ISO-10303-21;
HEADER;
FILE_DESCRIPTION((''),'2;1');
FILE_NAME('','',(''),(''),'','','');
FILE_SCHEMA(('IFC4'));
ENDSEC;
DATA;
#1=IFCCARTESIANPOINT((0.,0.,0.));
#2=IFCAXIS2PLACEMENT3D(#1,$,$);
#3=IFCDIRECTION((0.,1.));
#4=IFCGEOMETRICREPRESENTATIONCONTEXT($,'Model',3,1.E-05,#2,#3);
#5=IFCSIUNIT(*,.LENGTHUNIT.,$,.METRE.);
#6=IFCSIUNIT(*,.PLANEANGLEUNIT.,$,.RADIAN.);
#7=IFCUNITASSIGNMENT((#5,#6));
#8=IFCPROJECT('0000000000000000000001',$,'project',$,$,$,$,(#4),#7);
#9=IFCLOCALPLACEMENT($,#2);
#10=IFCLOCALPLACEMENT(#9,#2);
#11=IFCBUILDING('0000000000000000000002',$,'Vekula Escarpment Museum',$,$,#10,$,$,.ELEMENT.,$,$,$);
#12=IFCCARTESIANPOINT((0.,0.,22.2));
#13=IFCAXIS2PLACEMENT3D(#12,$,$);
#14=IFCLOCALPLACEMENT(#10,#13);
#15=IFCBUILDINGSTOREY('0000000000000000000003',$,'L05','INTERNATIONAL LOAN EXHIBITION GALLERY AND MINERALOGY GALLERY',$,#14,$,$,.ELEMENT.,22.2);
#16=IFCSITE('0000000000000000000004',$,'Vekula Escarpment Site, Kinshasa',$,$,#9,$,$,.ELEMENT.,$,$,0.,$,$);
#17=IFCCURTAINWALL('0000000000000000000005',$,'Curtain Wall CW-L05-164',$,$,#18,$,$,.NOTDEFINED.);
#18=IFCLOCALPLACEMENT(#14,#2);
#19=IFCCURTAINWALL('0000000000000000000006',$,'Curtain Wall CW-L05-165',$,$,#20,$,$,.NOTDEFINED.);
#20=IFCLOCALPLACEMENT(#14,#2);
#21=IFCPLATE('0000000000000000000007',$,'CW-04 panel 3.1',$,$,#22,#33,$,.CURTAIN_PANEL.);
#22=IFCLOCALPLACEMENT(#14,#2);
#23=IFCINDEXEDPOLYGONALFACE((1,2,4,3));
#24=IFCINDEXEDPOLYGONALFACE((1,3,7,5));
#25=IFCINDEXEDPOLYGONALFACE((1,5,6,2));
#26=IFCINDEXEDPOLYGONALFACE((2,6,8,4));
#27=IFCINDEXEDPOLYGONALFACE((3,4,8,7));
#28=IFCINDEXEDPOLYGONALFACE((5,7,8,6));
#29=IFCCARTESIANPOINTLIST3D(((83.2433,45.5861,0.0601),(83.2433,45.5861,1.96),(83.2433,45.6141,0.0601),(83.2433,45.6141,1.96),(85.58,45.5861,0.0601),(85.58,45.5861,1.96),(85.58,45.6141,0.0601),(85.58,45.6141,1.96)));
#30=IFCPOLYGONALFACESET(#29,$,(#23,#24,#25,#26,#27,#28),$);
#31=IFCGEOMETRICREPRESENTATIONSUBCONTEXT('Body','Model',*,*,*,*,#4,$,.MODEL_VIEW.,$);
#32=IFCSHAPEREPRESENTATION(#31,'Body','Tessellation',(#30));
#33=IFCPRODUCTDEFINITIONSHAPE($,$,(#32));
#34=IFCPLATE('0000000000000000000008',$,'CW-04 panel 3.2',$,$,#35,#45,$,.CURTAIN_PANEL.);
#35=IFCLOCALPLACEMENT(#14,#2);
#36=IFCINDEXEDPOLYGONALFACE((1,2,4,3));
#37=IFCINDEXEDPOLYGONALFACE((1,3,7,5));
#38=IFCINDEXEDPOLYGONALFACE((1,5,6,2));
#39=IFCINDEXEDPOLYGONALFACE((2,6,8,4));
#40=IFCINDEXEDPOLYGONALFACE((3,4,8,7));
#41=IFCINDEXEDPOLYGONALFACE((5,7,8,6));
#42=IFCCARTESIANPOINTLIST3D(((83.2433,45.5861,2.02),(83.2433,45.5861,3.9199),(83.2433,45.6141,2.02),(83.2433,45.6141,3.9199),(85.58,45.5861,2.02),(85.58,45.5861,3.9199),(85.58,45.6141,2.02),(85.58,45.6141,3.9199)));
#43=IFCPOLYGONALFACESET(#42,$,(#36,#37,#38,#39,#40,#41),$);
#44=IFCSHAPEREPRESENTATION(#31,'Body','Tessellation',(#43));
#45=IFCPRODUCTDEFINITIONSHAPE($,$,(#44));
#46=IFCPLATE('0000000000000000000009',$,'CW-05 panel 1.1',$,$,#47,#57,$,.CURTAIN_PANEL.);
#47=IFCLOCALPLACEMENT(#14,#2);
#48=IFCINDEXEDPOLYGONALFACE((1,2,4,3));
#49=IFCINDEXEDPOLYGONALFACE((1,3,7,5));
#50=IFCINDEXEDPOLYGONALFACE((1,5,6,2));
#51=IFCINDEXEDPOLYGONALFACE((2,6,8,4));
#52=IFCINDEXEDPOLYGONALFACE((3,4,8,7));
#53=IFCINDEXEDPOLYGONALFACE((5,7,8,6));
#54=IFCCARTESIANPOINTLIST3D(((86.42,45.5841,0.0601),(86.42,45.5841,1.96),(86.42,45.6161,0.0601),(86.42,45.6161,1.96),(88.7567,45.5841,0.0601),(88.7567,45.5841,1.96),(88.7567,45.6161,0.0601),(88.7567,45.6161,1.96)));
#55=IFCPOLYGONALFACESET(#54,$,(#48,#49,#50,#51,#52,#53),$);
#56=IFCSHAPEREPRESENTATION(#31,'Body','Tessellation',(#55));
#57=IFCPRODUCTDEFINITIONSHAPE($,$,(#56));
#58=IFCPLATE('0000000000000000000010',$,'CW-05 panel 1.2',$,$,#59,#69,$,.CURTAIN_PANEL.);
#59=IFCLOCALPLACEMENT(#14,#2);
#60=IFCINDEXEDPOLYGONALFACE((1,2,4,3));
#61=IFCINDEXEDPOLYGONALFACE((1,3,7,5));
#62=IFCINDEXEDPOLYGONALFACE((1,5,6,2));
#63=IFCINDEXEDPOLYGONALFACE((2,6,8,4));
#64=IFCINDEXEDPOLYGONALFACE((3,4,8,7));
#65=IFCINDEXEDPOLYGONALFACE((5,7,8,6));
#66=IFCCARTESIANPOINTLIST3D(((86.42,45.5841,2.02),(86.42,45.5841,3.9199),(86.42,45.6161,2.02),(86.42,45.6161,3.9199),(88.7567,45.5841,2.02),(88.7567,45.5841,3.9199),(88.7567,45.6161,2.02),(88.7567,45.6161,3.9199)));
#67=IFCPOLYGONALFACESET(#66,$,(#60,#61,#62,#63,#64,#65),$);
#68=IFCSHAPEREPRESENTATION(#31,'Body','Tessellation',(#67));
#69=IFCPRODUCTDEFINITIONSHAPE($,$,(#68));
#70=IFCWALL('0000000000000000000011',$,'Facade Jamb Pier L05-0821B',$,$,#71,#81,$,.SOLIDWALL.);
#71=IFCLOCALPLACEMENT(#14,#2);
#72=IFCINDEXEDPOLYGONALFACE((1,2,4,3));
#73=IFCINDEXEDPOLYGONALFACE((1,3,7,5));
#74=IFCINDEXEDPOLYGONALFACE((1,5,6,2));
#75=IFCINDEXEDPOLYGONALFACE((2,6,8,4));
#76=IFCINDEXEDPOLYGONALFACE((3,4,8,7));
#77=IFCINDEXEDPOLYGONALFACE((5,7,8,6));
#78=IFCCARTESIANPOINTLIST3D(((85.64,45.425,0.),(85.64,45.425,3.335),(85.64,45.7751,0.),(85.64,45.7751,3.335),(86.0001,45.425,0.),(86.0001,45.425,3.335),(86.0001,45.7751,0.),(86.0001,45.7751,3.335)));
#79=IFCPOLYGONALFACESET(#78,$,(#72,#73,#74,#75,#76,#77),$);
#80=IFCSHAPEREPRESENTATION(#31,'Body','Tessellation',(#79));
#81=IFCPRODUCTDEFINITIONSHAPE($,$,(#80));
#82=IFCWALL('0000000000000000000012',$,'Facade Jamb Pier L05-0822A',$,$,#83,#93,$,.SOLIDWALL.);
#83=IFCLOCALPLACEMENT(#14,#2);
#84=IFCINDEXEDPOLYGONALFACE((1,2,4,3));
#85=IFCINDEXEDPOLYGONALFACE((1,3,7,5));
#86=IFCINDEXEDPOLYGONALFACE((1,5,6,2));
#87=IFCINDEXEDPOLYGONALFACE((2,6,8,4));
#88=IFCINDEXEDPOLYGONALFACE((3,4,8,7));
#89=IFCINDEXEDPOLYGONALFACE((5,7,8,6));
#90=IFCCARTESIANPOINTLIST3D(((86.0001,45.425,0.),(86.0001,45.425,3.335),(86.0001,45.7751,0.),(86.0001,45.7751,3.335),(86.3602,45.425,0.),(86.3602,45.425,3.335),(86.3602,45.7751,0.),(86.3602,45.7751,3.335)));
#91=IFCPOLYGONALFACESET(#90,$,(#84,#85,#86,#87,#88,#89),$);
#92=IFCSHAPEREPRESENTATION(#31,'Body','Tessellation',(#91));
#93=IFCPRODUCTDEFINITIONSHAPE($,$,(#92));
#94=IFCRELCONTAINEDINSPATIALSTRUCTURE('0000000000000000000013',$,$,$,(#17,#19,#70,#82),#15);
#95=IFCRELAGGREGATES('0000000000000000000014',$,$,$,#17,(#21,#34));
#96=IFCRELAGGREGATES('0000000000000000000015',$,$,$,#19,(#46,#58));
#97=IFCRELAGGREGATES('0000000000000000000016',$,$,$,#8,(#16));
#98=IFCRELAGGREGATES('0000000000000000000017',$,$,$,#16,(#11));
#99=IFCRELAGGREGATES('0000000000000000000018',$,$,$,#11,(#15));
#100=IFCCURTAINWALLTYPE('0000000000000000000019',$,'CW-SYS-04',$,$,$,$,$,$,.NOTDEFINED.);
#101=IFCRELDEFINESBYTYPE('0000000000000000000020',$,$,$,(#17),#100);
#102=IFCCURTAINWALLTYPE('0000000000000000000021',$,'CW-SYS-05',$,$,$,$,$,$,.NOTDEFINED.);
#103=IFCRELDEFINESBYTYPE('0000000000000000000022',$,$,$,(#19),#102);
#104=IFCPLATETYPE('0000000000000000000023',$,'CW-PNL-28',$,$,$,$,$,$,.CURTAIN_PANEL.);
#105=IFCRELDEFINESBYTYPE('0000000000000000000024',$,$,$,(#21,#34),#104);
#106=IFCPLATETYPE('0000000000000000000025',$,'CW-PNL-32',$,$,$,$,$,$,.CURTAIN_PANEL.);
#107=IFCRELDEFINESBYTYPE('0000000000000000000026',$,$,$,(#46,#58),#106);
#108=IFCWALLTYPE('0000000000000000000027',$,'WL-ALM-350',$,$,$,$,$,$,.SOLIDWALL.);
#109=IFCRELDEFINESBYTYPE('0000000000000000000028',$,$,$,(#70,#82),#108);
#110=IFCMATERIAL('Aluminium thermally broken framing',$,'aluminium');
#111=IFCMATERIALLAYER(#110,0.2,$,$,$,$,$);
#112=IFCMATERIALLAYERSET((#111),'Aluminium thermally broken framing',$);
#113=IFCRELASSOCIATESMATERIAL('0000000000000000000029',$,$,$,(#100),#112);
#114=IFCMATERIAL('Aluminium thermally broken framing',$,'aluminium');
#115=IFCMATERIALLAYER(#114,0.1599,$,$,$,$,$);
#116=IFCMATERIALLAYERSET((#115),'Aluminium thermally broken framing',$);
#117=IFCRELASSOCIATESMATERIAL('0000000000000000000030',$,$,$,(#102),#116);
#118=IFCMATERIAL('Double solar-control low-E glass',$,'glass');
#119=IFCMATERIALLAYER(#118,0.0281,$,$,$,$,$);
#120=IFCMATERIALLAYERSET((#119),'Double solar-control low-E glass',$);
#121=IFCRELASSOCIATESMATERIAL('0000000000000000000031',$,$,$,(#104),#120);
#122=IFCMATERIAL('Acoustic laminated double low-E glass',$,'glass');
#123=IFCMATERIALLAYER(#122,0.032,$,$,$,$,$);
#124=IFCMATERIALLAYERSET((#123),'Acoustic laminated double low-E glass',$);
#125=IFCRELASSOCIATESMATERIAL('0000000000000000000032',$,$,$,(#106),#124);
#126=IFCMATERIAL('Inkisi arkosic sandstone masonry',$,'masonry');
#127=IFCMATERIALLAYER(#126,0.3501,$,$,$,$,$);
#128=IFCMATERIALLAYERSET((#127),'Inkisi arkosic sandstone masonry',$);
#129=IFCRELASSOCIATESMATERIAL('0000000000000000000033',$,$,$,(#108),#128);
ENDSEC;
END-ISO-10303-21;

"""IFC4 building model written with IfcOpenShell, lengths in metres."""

from ifc_helpers import new_model, si_unit, direction, frame, frame_2d, origin, origin_2d, place, context, subcontext, project, spatial, rectangle, extrude, material, layer, layer_set, type_object, element, aggregate, save


model = new_model("IFC4")

# Units and contexts
model_context = context("Model", 3, precision=1e-05, world=origin(), true_north=direction((0.0, 1.0)))
body_context = subcontext(model_context, "Body", "Model", "MODEL_VIEW")
ifc_project = project(units=[si_unit("LENGTHUNIT", "METRE"), si_unit("PLANEANGLEUNIT", "RADIAN")], contexts=[model_context])

# Site, building, storey
site_placement = place(None, origin())
site = spatial("IfcSite", under=ifc_project, at=site_placement, Name="Vekula Escarpment Site, Kinshasa", CompositionType="ELEMENT", RefElevation=0.0)
building_placement = place(site_placement, origin())
building = spatial("IfcBuilding", under=site, at=building_placement, Name="Vekula Escarpment Museum", CompositionType="ELEMENT")
storey_placement = place(building_placement, frame((0.0, 0.0, 22.2)))
storey = spatial("IfcBuildingStorey", under=building, at=storey_placement, Name="L05", Description="INTERNATIONAL LOAN EXHIBITION GALLERY AND MINERALOGY GALLERY", CompositionType="ELEMENT", Elevation=22.2)

# Curtain wall
ifc_material_1 = material(Name="Aluminium thermally broken framing", Category="aluminium")
ifc_layer_1 = layer(ifc_material_1, 0.2)
ifc_layer_set_1 = layer_set([ifc_layer_1], Name="Aluminium thermally broken framing")
curtain_wall_type_1 = type_object("IfcCurtainWallType", Name="CW-SYS-04", PredefinedType="NOTDEFINED", material=ifc_layer_set_1)
curtain_wall_1_placement = place(storey_placement, origin())
curtain_wall_1 = element("IfcCurtainWall", 1, at=curtain_wall_1_placement, inside=storey, type_object=curtain_wall_type_1, Name="Curtain Wall CW-L05-164", PredefinedType="NOTDEFINED")

# Curtain wall
ifc_material_2 = material(Name="Aluminium thermally broken framing", Category="aluminium")
ifc_layer_2 = layer(ifc_material_2, 0.1599)
ifc_layer_set_2 = layer_set([ifc_layer_2], Name="Aluminium thermally broken framing")
curtain_wall_type_2 = type_object("IfcCurtainWallType", Name="CW-SYS-05", PredefinedType="NOTDEFINED", material=ifc_layer_set_2)
curtain_wall_2_placement = place(storey_placement, origin())
curtain_wall_2 = element("IfcCurtainWall", 2, at=curtain_wall_2_placement, inside=storey, type_object=curtain_wall_type_2, Name="Curtain Wall CW-L05-165", PredefinedType="NOTDEFINED")

# Plates
ifc_material_3 = material(Name="Double solar-control low-E glass", Category="glass")
ifc_layer_3 = layer(ifc_material_3, 0.0281)
ifc_layer_set_3 = layer_set([ifc_layer_3], Name="Double solar-control low-E glass")
plate_type_1 = type_object("IfcPlateType", Name="CW-PNL-28", PredefinedType="CURTAIN_PANEL", material=ifc_layer_set_3)
plate_1_placement = place(storey_placement, frame((84.4116, 45.6001, 0.0601), z_axis=(0.0, 0.0, 1.0), x_axis=(1.0, 0.0, 0.0)))
plate_1 = element("IfcPlate", 3, at=plate_1_placement, type_object=plate_type_1, Name="CW-04 panel 3.1", PredefinedType="CURTAIN_PANEL", context=body_context, shape_type="SweptSolid", body=[
    extrude(rectangle(XDim=2.3367, YDim=0.0281, at=origin_2d()), origin(), (0.0, 0.0, 1.0), 1.8999),
])
plate_2_placement = place(storey_placement, frame((84.4116, 45.6001, 2.02), z_axis=(0.0, 0.0, 1.0), x_axis=(1.0, 0.0, 0.0)))
plate_2 = element("IfcPlate", 4, at=plate_2_placement, type_object=plate_type_1, Name="CW-04 panel 3.2", PredefinedType="CURTAIN_PANEL", context=body_context, shape_type="SweptSolid", body=[
    extrude(rectangle(XDim=2.3367, YDim=0.0281, at=origin_2d()), origin(), (0.0, 0.0, 1.0), 1.8999),
])
aggregate(curtain_wall_1, [plate_1, plate_2])
ifc_material_4 = material(Name="Acoustic laminated double low-E glass", Category="glass")
ifc_layer_4 = layer(ifc_material_4, 0.032)
ifc_layer_set_4 = layer_set([ifc_layer_4], Name="Acoustic laminated double low-E glass")
plate_type_2 = type_object("IfcPlateType", Name="CW-PNL-32", PredefinedType="CURTAIN_PANEL", material=ifc_layer_set_4)
plate_3_placement = place(storey_placement, frame((87.5884, 45.6001, 0.0601), z_axis=(0.0, 0.0, 1.0), x_axis=(1.0, 0.0, 0.0)))
plate_3 = element("IfcPlate", 5, at=plate_3_placement, type_object=plate_type_2, Name="CW-05 panel 1.1", PredefinedType="CURTAIN_PANEL", context=body_context, shape_type="SweptSolid", body=[
    extrude(rectangle(XDim=2.3367, YDim=0.032, at=origin_2d()), origin(), (0.0, 0.0, 1.0), 1.8999),
])
plate_4_placement = place(storey_placement, frame((87.5884, 45.6001, 2.02), z_axis=(0.0, 0.0, 1.0), x_axis=(1.0, 0.0, 0.0)))
plate_4 = element("IfcPlate", 6, at=plate_4_placement, type_object=plate_type_2, Name="CW-05 panel 1.2", PredefinedType="CURTAIN_PANEL", context=body_context, shape_type="SweptSolid", body=[
    extrude(rectangle(XDim=2.3367, YDim=0.032, at=origin_2d()), origin(), (0.0, 0.0, 1.0), 1.8999),
])
aggregate(curtain_wall_2, [plate_3, plate_4])

# Walls
ifc_material_5 = material(Name="Inkisi arkosic sandstone masonry", Category="masonry")
ifc_layer_5 = layer(ifc_material_5, 0.3501)
ifc_layer_set_5 = layer_set([ifc_layer_5], Name="Inkisi arkosic sandstone masonry")
wall_type = type_object("IfcWallType", Name="WL-ALM-350", PredefinedType="SOLIDWALL", material=ifc_layer_set_5)
for number, where, z_axis, x_axis, name in (
    (7, (85.6399, 45.6001, 0.0), (0.0, 0.0, 1.0), (1.0, 0.0, 0.0), "Facade Jamb Pier L05-0821B"),
    (8, (86.0, 45.6001, 0.0), (0.0, 0.0, 1.0), (1.0, 0.0, 0.0), "Facade Jamb Pier L05-0822A"),
):
    element("IfcWall", number, at=place(storey_placement, frame(where, z_axis=z_axis, x_axis=x_axis)), inside=storey, type_object=wall_type, Name=name, PredefinedType="SOLIDWALL", context=body_context, shape_type="SweptSolid", body=[
        extrude(rectangle(XDim=0.3601, YDim=0.3501, at=frame_2d((0.1802, 0.0))), origin(), (0.0, 0.0, 1.0), 3.335),
    ])

save(model, "model.ifc")
